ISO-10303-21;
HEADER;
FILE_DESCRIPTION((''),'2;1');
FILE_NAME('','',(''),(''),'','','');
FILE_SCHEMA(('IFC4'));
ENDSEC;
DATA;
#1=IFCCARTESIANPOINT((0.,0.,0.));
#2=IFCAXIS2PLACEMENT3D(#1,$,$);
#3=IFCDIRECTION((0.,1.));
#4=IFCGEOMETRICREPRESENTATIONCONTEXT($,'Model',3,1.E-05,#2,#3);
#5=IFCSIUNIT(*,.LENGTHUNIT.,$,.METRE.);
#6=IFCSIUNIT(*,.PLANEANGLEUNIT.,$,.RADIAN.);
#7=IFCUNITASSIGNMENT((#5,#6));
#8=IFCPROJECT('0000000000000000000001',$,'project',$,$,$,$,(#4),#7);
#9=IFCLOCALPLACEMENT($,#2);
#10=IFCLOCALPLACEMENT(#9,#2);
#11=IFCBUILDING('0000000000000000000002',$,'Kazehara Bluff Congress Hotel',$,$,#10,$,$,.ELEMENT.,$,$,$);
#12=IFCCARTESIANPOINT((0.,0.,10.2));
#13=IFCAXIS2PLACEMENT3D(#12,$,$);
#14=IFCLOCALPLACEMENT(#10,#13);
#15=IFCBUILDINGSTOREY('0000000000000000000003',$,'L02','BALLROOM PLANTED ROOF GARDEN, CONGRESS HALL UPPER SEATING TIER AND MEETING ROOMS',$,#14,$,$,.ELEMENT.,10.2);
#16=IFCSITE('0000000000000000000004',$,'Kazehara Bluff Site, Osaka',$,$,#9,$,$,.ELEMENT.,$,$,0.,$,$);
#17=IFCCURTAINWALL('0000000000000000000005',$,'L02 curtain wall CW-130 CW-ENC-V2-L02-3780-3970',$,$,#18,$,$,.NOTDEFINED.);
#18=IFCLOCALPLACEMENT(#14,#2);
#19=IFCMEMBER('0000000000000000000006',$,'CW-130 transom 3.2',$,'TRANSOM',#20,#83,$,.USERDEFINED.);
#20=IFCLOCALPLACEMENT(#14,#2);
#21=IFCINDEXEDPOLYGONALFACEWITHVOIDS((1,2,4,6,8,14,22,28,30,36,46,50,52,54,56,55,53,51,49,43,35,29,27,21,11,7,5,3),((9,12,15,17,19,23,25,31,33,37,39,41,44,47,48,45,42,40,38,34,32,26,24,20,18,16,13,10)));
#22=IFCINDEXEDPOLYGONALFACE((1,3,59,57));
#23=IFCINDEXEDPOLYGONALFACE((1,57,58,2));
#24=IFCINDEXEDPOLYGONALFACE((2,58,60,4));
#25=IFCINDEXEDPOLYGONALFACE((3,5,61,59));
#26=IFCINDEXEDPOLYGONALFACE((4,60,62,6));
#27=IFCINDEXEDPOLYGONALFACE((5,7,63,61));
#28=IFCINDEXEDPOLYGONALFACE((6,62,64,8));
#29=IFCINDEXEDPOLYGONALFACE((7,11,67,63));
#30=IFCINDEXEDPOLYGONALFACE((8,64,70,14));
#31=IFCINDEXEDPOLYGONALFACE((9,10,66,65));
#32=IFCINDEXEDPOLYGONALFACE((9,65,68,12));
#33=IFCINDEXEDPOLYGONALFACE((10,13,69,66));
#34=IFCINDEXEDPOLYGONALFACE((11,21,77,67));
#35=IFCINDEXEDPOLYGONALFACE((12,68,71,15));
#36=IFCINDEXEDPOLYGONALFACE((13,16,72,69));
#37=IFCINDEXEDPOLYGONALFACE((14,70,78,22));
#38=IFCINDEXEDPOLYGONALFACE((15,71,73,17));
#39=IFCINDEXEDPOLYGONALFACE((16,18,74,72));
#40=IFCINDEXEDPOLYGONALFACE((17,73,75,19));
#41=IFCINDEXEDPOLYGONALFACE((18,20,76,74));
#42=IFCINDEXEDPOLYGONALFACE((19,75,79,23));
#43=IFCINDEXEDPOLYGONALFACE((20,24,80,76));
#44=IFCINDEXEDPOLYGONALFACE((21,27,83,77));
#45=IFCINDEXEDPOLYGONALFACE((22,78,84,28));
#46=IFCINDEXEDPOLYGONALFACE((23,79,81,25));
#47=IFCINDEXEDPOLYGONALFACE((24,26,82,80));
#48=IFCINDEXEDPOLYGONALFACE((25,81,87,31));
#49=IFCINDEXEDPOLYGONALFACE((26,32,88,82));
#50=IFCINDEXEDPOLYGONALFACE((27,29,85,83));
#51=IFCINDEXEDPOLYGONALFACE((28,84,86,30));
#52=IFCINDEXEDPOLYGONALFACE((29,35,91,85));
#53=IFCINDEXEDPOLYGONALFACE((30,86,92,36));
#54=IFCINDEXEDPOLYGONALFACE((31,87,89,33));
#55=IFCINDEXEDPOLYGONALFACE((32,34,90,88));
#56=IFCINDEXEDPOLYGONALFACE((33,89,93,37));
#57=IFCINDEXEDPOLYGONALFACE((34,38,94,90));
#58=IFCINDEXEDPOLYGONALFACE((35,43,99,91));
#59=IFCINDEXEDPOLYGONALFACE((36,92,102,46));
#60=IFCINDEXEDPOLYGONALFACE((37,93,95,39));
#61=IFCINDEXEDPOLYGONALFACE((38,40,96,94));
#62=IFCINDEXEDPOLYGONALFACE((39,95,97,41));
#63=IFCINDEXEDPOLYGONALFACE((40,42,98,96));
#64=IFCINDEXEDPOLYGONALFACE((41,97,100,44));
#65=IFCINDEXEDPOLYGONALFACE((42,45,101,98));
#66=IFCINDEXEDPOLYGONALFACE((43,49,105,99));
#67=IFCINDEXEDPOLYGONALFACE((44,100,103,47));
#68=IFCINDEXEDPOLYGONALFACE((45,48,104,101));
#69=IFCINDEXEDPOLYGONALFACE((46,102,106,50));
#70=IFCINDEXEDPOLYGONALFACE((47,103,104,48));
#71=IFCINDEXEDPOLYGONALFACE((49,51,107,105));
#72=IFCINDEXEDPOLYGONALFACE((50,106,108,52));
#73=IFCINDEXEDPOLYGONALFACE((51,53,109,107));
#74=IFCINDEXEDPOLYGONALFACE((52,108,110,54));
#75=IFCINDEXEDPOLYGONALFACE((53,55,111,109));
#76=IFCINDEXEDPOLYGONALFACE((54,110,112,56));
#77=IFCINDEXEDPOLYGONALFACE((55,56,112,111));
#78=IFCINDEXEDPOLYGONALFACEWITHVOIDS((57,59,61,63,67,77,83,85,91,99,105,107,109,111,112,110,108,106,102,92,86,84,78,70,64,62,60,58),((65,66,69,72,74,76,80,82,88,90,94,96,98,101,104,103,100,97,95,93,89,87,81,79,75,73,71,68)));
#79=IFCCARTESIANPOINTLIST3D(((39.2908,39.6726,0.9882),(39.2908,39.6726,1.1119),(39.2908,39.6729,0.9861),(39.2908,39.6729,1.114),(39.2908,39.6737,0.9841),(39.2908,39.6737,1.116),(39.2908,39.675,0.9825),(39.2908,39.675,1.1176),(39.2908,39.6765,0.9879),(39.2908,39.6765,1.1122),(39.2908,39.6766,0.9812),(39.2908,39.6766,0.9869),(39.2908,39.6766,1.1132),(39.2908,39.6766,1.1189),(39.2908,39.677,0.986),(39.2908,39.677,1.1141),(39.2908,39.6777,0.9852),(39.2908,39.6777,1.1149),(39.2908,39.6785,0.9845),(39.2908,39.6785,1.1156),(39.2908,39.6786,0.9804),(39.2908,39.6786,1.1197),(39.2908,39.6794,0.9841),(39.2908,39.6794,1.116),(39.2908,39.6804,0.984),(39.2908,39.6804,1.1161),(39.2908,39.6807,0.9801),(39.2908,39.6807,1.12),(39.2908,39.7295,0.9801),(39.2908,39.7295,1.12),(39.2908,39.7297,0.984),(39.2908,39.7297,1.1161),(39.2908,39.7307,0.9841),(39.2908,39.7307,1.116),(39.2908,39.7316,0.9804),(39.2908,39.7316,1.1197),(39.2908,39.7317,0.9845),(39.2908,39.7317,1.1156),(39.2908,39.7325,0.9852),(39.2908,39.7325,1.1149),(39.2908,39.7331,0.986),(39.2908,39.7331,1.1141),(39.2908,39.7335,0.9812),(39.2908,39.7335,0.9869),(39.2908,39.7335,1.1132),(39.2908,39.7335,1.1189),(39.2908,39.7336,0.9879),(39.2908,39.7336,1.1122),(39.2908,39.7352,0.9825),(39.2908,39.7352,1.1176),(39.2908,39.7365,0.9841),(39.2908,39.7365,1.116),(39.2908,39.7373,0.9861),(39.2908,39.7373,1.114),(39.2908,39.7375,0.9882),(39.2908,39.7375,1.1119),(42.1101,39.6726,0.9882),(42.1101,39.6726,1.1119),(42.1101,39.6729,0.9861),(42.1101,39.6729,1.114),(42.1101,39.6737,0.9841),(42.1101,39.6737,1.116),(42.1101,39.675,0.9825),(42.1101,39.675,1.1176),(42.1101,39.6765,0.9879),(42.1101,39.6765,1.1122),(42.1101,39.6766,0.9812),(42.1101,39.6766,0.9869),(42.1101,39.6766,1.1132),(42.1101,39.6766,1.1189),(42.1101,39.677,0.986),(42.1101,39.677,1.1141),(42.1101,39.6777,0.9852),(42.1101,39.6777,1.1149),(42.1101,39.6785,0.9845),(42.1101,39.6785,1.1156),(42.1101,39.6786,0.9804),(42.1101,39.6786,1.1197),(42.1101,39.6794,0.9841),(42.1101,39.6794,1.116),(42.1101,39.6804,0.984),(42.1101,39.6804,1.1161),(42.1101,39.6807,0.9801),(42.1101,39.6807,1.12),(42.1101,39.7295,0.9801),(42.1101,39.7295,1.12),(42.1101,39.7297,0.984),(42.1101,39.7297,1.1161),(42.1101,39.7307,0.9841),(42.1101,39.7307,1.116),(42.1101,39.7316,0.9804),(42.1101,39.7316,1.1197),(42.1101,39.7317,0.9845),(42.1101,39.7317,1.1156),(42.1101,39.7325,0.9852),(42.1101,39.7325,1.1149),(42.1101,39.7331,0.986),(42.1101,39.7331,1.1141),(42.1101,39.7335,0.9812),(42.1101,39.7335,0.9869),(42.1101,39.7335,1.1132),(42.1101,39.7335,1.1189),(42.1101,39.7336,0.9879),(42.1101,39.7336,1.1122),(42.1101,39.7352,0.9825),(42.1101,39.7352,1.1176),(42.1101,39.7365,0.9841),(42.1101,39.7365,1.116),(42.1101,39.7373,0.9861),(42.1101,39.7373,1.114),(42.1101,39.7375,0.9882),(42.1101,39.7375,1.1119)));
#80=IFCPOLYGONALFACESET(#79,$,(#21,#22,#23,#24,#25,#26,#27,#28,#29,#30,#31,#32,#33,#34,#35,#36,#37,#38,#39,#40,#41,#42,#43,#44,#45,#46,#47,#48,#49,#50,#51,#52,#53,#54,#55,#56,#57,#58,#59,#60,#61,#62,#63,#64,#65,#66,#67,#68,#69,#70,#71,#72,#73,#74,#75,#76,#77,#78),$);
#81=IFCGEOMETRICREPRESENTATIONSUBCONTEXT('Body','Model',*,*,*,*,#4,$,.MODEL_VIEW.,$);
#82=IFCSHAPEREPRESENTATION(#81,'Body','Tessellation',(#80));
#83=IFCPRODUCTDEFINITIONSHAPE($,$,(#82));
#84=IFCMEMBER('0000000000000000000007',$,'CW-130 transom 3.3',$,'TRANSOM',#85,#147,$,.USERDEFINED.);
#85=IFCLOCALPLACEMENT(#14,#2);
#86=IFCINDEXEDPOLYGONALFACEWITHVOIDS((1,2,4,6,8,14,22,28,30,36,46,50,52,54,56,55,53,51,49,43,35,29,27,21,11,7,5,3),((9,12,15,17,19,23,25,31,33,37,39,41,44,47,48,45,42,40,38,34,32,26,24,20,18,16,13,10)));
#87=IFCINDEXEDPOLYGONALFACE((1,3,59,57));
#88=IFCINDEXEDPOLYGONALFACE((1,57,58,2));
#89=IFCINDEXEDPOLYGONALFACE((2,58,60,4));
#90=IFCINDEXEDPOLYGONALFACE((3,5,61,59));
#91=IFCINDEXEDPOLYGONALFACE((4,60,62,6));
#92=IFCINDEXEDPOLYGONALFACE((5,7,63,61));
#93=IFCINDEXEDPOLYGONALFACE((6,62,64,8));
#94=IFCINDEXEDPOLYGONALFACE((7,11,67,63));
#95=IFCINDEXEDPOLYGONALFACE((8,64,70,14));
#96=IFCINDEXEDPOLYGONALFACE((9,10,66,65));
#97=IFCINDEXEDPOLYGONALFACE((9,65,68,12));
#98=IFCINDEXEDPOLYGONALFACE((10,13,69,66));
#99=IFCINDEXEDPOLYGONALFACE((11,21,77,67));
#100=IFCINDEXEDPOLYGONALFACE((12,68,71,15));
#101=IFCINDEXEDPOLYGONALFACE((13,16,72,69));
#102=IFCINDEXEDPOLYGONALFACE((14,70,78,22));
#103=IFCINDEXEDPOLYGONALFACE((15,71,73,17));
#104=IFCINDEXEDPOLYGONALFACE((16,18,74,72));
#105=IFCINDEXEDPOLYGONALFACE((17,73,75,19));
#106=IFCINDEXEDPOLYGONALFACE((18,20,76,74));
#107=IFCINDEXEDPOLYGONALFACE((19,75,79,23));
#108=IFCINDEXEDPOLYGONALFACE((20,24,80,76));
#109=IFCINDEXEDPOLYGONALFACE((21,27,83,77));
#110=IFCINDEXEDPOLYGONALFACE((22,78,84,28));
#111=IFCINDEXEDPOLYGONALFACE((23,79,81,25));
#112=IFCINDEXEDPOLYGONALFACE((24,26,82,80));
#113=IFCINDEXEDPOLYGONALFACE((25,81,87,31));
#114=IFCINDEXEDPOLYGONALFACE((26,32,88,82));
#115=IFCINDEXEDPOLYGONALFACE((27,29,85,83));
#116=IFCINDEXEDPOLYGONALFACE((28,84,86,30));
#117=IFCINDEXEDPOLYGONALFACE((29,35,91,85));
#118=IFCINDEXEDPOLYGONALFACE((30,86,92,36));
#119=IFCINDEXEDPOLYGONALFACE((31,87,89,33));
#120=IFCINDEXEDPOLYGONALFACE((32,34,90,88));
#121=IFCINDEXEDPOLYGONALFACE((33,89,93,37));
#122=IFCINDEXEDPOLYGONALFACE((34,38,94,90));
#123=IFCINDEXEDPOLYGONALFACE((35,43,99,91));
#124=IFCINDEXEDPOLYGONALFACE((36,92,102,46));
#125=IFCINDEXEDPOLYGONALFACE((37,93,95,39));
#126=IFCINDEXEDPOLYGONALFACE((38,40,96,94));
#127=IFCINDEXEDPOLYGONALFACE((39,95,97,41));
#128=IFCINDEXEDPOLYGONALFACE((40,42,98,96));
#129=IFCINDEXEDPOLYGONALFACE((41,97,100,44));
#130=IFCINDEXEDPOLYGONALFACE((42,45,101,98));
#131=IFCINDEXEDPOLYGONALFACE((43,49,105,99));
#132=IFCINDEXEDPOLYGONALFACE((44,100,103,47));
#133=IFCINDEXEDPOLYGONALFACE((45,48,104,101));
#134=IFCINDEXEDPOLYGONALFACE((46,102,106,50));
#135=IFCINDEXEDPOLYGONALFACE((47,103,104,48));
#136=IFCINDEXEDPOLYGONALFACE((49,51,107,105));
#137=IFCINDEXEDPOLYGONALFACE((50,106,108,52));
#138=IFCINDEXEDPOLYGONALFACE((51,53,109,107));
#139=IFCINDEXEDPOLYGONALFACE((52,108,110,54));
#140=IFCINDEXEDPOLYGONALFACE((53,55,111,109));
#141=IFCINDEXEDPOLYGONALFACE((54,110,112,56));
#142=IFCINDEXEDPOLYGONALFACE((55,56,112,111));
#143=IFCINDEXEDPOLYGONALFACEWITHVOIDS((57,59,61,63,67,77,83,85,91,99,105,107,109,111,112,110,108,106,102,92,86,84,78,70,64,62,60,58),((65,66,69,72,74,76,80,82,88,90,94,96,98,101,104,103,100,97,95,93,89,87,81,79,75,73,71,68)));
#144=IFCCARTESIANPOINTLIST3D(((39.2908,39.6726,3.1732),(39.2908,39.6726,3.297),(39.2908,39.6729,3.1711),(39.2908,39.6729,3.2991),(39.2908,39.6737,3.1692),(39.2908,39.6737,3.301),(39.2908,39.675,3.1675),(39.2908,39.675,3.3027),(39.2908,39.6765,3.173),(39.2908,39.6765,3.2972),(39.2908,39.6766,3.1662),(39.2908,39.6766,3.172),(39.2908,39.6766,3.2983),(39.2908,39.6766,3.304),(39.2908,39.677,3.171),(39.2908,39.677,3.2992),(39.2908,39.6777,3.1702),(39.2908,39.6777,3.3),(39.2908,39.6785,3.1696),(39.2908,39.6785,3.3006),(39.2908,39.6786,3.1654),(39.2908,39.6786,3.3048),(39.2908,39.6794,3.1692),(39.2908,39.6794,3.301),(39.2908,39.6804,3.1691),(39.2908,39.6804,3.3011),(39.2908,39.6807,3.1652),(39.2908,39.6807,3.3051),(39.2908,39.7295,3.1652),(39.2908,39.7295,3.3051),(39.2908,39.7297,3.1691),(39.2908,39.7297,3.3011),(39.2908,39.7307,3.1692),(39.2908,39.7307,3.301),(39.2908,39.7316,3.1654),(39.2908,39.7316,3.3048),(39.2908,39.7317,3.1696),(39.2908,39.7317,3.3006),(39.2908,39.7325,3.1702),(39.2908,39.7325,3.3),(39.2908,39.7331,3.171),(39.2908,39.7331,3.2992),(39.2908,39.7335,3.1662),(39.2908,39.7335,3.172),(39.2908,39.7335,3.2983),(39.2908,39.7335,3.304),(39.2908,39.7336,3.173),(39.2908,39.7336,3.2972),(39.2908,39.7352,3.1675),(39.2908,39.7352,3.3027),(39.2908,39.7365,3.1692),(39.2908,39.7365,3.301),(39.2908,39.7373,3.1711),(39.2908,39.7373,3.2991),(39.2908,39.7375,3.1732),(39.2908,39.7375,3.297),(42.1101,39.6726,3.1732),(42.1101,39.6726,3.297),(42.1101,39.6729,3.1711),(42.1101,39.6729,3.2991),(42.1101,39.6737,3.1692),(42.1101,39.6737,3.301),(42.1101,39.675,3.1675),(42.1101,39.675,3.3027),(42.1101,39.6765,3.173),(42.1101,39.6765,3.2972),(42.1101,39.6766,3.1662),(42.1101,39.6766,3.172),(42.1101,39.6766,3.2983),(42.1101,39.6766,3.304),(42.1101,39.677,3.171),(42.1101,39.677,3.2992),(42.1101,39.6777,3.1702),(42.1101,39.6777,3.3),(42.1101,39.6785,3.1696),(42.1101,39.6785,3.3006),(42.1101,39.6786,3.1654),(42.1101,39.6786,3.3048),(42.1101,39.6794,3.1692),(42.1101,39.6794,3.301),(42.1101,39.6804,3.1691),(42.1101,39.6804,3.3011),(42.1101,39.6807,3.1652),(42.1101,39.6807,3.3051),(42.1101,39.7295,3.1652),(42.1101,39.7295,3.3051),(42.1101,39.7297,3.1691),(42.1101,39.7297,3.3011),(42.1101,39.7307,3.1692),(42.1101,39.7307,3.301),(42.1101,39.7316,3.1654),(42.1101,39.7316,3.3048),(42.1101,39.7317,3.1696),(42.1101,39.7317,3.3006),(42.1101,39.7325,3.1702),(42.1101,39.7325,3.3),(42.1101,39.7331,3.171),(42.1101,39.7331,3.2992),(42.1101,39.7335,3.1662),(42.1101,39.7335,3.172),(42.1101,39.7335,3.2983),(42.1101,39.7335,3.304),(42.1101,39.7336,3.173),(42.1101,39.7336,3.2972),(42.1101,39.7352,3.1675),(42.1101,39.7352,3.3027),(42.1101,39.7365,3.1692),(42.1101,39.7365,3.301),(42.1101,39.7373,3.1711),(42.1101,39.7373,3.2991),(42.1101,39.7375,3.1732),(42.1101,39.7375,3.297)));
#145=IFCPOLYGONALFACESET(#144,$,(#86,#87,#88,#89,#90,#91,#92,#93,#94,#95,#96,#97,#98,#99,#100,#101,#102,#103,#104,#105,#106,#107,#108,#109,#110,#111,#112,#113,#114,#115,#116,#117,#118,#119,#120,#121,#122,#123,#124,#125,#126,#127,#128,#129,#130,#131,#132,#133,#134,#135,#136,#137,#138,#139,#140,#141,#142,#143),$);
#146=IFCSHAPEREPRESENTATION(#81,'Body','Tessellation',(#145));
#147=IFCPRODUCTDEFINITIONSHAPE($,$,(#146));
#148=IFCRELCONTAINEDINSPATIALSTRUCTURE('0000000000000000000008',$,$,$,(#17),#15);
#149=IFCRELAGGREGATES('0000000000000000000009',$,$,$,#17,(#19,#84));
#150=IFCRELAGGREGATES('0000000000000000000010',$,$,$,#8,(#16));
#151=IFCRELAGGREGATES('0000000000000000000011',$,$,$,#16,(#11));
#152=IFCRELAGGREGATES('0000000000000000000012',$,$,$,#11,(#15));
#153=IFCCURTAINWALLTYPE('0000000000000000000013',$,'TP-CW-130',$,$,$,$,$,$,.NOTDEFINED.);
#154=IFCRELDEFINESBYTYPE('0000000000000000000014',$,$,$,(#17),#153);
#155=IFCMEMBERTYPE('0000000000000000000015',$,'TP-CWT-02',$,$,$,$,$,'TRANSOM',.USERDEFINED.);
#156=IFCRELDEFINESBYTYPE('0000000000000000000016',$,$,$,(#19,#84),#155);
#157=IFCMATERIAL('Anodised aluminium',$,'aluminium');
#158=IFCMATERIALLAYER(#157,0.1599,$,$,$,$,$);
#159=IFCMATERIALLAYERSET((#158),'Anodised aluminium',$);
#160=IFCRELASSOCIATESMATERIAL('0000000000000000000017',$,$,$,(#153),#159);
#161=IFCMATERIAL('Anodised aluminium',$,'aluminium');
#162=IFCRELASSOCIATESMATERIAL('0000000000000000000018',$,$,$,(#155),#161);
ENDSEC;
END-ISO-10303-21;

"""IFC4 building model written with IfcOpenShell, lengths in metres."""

from ifc_helpers import new_model, si_unit, direction, frame, origin, origin_2d, place, context, subcontext, project, spatial, hollow_rectangle, extrude, material, layer, layer_set, material_profile, profile_set, type_object, element, aggregate, save


model = new_model("IFC4")

# Units and contexts
model_context = context("Model", 3, precision=1e-05, world=origin(), true_north=direction((0.0, 1.0)))
body_context = subcontext(model_context, "Body", "Model", "MODEL_VIEW")
ifc_project = project(units=[si_unit("LENGTHUNIT", "METRE"), si_unit("PLANEANGLEUNIT", "RADIAN")], contexts=[model_context])

# Site, building, storey
site_placement = place(None, origin())
site = spatial("IfcSite", under=ifc_project, at=site_placement, Name="Kazehara Bluff Site, Osaka", CompositionType="ELEMENT", RefElevation=0.0)
building_placement = place(site_placement, origin())
building = spatial("IfcBuilding", under=site, at=building_placement, Name="Kazehara Bluff Congress Hotel", CompositionType="ELEMENT")
storey_placement = place(building_placement, frame((0.0, 0.0, 10.2)))
storey = spatial("IfcBuildingStorey", under=building, at=storey_placement, Name="L02", Description="BALLROOM PLANTED ROOF GARDEN, CONGRESS HALL UPPER SEATING TIER AND MEETING ROOMS", CompositionType="ELEMENT", Elevation=10.2)

# Curtain wall
ifc_material_1 = material(Name="Anodised aluminium", Category="aluminium")
ifc_layer_1 = layer(ifc_material_1, 0.1599)
ifc_layer_set_1 = layer_set([ifc_layer_1], Name="Anodised aluminium")
curtain_wall_type_1 = type_object("IfcCurtainWallType", Name="TP-CW-130", PredefinedType="NOTDEFINED", material=ifc_layer_set_1)
curtain_wall_1_placement = place(storey_placement, origin())
curtain_wall_1 = element("IfcCurtainWall", 1, at=curtain_wall_1_placement, inside=storey, type_object=curtain_wall_type_1, Name="L02 curtain wall CW-130 CW-ENC-V2-L02-3780-3970", PredefinedType="NOTDEFINED")

# Members
ifc_material_2 = material(Name="Anodised aluminium", Category="aluminium")
ifc_material_profile_1 = material_profile(ifc_material_2, hollow_rectangle(XDim=0.0649, YDim=0.1399, WallThickness=0.0039, InnerFilletRadius=0.0039, OuterFilletRadius=0.0081, at=origin_2d()))
ifc_profile_set_1 = profile_set([ifc_material_profile_1], Name="Anodised aluminium")
member_type_1 = type_object("IfcMemberType", Name="TP-CWT-02", ElementType="TRANSOM", PredefinedType="USERDEFINED", material=ifc_profile_set_1)
member_1_placement = place(storey_placement, frame((39.2908, 39.7051, 1.05), z_axis=(1.0, 0.0, 0.0), x_axis=(0.0, 1.0, 0.0)))
member_1 = element("IfcMember", 2, at=member_1_placement, type_object=member_type_1, Name="CW-130 transom 3.2", ObjectType="TRANSOM", PredefinedType="USERDEFINED", context=body_context, shape_type="SweptSolid", body=[
    extrude(hollow_rectangle(XDim=0.0649, YDim=0.1399, WallThickness=0.0039, InnerFilletRadius=0.0039, OuterFilletRadius=0.0081, at=origin_2d()), origin(), (0.0, 0.0, 1.0), 2.8193),
])
member_2_placement = place(storey_placement, frame((39.2908, 39.7051, 3.2351), z_axis=(1.0, 0.0, 0.0), x_axis=(0.0, 1.0, 0.0)))
member_2 = element("IfcMember", 3, at=member_2_placement, type_object=member_type_1, Name="CW-130 transom 3.3", ObjectType="TRANSOM", PredefinedType="USERDEFINED", context=body_context, shape_type="SweptSolid", body=[
    extrude(hollow_rectangle(XDim=0.0649, YDim=0.1399, WallThickness=0.0039, InnerFilletRadius=0.0039, OuterFilletRadius=0.0081, at=origin_2d()), origin(), (0.0, 0.0, 1.0), 2.8193),
])

aggregate(curtain_wall_1, [member_1, member_2])

save(model, "model.ifc")
